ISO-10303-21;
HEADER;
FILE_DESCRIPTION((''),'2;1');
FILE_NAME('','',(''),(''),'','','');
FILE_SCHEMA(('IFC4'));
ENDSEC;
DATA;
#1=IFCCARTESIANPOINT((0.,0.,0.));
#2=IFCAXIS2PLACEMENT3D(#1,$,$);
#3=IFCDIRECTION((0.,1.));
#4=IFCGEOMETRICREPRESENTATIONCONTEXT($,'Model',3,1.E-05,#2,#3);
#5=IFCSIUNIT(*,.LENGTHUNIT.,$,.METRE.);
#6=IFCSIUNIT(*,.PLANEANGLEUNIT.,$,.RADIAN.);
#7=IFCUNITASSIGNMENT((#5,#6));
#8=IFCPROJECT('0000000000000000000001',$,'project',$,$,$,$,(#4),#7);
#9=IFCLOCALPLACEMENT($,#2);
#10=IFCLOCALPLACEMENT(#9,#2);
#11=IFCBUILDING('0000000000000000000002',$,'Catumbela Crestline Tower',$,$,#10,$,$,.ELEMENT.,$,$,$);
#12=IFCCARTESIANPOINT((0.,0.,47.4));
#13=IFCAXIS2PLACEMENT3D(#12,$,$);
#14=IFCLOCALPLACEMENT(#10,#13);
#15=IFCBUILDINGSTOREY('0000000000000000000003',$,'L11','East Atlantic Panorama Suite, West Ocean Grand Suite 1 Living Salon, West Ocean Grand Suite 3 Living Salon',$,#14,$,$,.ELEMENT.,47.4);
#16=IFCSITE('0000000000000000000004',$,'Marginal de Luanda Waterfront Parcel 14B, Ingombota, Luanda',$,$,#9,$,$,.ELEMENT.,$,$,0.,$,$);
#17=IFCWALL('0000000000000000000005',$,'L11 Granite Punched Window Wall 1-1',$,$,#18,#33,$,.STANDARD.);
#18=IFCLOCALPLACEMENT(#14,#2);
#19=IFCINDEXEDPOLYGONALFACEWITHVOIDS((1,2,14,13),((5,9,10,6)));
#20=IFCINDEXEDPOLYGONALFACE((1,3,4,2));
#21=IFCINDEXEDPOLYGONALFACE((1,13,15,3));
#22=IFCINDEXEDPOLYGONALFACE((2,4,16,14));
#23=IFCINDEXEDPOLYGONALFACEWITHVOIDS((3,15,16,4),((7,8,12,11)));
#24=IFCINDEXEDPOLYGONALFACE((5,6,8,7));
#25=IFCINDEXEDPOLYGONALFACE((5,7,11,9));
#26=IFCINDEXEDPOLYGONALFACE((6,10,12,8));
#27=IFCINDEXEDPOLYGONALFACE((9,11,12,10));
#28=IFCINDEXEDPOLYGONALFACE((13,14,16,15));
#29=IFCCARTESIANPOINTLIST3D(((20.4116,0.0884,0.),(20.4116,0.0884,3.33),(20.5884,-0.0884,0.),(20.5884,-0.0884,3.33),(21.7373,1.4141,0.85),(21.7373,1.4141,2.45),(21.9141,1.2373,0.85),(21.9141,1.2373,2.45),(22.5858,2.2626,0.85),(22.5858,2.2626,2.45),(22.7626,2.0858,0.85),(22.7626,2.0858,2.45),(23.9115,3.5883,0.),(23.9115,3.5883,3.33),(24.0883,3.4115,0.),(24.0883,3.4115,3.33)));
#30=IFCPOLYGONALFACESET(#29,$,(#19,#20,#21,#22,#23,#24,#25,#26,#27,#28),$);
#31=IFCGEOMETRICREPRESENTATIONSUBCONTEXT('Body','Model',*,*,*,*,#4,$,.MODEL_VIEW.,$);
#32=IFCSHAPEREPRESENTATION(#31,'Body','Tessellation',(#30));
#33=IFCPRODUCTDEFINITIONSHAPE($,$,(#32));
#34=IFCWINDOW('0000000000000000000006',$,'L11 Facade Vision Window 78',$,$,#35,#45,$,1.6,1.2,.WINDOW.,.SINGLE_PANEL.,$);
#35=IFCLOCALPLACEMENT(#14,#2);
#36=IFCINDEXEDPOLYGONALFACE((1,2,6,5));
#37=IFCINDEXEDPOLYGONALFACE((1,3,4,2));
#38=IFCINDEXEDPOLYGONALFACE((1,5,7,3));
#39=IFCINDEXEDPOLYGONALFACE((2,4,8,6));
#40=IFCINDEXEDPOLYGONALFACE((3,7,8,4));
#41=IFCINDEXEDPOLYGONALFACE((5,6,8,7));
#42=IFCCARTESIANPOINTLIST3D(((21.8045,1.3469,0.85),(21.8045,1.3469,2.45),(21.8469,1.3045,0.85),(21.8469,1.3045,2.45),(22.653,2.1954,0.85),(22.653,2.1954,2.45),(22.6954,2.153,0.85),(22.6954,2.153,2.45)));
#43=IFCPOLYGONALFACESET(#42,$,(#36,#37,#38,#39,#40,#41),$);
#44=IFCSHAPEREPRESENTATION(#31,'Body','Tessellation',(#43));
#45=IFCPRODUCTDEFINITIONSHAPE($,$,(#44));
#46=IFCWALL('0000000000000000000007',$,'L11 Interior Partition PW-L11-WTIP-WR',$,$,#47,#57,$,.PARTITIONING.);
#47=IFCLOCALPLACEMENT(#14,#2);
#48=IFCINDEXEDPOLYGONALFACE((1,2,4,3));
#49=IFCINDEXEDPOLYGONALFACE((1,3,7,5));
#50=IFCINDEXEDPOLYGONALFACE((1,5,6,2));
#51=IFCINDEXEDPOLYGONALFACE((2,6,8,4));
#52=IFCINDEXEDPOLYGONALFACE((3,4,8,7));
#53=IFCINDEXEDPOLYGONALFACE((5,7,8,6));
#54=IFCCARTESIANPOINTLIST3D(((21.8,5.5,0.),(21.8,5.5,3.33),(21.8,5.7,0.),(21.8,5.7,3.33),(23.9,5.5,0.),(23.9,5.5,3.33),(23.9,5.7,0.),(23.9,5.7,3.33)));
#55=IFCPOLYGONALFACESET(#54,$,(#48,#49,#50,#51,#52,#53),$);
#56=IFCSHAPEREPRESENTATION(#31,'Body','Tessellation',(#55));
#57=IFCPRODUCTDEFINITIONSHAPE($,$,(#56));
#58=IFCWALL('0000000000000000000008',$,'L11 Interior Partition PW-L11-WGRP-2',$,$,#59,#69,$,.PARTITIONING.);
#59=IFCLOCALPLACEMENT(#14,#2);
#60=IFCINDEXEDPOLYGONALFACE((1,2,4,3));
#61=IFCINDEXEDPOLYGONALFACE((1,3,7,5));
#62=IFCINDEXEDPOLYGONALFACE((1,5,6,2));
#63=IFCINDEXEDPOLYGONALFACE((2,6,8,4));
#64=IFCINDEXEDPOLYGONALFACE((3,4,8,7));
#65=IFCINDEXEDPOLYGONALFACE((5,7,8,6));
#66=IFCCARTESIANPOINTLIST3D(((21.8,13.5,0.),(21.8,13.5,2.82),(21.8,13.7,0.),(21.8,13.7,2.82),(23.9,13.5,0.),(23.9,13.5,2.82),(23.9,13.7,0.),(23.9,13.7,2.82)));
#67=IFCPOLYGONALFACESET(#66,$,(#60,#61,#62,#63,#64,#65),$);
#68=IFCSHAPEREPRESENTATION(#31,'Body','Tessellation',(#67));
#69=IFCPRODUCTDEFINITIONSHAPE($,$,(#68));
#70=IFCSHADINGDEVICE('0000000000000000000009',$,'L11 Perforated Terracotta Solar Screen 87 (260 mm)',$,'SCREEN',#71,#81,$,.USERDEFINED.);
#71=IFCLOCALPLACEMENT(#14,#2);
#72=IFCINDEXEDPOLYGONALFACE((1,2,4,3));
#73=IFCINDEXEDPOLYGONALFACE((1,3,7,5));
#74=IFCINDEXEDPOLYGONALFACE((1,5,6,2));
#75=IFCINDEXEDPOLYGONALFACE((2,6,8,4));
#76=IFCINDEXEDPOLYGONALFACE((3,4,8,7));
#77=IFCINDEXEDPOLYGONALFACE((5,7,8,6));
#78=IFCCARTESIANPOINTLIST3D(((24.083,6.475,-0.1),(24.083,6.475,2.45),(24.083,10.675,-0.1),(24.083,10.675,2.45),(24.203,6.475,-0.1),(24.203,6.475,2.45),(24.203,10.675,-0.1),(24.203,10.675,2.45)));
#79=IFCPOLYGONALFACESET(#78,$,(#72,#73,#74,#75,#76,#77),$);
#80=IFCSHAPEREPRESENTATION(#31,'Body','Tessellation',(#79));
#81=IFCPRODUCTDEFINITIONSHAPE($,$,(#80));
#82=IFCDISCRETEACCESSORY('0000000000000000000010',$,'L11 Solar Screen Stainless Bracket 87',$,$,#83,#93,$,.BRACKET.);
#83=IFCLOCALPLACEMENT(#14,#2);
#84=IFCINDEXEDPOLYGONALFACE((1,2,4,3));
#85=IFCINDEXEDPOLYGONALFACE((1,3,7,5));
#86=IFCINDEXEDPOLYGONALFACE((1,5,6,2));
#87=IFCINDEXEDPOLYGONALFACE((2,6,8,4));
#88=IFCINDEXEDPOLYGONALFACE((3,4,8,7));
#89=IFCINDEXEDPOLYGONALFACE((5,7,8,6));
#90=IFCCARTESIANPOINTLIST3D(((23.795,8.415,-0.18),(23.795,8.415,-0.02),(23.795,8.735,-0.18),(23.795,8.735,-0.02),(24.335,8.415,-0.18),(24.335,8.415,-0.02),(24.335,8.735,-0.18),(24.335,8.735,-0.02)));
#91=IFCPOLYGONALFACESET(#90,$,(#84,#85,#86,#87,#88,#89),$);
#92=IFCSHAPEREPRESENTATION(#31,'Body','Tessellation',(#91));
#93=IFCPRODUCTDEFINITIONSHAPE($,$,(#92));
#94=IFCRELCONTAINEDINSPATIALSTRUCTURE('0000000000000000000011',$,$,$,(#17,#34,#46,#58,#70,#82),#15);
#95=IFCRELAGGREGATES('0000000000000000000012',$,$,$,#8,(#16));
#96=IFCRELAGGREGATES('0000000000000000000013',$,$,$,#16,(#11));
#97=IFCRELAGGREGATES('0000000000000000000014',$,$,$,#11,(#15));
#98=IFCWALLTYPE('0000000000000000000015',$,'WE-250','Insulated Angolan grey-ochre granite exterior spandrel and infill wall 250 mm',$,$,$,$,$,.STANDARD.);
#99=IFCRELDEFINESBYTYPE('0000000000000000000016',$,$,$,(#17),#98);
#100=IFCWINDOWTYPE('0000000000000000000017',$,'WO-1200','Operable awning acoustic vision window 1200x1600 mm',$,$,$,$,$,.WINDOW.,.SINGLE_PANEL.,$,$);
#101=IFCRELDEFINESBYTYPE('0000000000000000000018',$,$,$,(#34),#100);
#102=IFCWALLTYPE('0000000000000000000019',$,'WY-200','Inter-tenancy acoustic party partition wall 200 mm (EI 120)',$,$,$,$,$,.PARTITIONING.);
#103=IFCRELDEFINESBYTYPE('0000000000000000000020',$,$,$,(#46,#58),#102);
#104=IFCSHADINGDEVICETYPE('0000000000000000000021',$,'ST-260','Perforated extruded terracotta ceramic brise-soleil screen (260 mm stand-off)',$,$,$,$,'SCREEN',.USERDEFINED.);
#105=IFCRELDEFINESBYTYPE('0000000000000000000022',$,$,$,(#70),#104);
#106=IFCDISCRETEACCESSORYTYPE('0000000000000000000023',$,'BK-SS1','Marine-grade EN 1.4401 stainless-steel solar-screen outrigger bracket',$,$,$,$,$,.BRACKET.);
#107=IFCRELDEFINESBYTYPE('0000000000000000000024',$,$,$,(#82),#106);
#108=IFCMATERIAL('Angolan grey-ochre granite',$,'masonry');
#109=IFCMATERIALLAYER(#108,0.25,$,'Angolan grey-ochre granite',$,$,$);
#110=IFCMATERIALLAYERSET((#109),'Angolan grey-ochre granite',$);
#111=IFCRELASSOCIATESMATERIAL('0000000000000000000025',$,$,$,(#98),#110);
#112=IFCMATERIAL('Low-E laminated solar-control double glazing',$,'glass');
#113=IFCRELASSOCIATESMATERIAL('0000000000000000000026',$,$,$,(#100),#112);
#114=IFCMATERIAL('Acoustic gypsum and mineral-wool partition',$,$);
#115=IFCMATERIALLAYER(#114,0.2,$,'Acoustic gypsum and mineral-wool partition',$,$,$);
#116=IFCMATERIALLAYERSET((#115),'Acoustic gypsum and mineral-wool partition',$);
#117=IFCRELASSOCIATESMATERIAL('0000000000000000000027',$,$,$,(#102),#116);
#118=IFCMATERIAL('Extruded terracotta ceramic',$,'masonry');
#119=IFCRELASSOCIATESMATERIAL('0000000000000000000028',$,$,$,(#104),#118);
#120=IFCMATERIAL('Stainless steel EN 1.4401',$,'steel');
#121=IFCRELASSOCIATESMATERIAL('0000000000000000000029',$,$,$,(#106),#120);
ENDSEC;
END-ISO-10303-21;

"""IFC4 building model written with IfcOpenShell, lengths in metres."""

from ifc_helpers import new_model, si_unit, direction, frame, frame_2d, origin, origin_2d, place, context, subcontext, project, spatial, rectangle, extrude, material, layer, layer_set, type_object, element, fill, save


model = new_model("IFC4")

# Units and contexts
model_context = context("Model", 3, precision=1e-05, world=origin(), true_north=direction((0.0, 1.0)))
body_context = subcontext(model_context, "Body", "Model", "MODEL_VIEW")
ifc_project = project(units=[si_unit("LENGTHUNIT", "METRE"), si_unit("PLANEANGLEUNIT", "RADIAN")], contexts=[model_context])

# Site, building, storey
site_placement = place(None, origin())
site = spatial("IfcSite", under=ifc_project, at=site_placement, Name="Marginal de Luanda Waterfront Parcel 14B, Ingombota, Luanda", CompositionType="ELEMENT", RefElevation=0.0)
building_placement = place(site_placement, origin())
building = spatial("IfcBuilding", under=site, at=building_placement, Name="Catumbela Crestline Tower", CompositionType="ELEMENT")
storey_placement = place(building_placement, frame((0.0, 0.0, 47.4)))
storey = spatial("IfcBuildingStorey", under=building, at=storey_placement, Name="L11", Description="East Atlantic Panorama Suite, West Ocean Grand Suite 1 Living Salon, West Ocean Grand Suite 3 Living Salon", CompositionType="ELEMENT", Elevation=47.4)

# Shared definitions
ifc_material_1 = material(Name="Low-E laminated solar-control double glazing", Category="glass")

# Wall, opening, window
ifc_material_2 = material(Name="Angolan grey-ochre granite", Category="masonry")
ifc_layer_1 = layer(ifc_material_2, 0.25, Name="Angolan grey-ochre granite")
ifc_layer_set_1 = layer_set([ifc_layer_1], Name="Angolan grey-ochre granite")
wall_type_1 = type_object("IfcWallType", Name="WE-250", Description="Insulated Angolan grey-ochre granite exterior spandrel and infill wall 250 mm", PredefinedType="STANDARD", material=ifc_layer_set_1)
wall_1_placement = place(storey_placement, frame((20.5, 0.0, 0.0), z_axis=(0.0, 0.0, 1.0), x_axis=(0.707107, 0.707107, 0.0)))
wall_1 = element("IfcWall", 1, at=wall_1_placement, inside=storey, type_object=wall_type_1, Name="L11 Granite Punched Window Wall 1-1", PredefinedType="STANDARD", context=body_context, shape_type="SweptSolid", body=[
    extrude(rectangle(XDim=4.9497, YDim=0.25, at=frame_2d((2.4748, 0.0))), origin(), (0.0, 0.0, 1.0), 3.33),
])
opening_placement = place(wall_1_placement, frame((1.8748, 0.0, 0.85)))
opening = element("IfcOpeningElement", 2, at=opening_placement, cuts=wall_1, PredefinedType="OPENING", context=body_context, shape_type="SweptSolid", body=[
    extrude(rectangle(XDim=1.2, YDim=1.6, at=frame_2d((0.6, 0.8))), frame((0.0, 0.135, 0.0), z_axis=(0.0, -1.0, 0.0), x_axis=(1.0, 0.0, 0.0)), (0.0, 0.0, 1.0), 0.27),
])
window_type = type_object("IfcWindowType", Name="WO-1200", Description="Operable awning acoustic vision window 1200x1600 mm", PartitioningType="SINGLE_PANEL", PredefinedType="WINDOW", material=ifc_material_1)
window_placement = place(opening_placement, origin())
window = element("IfcWindow", 3, at=window_placement, inside=storey, type_object=window_type, Name="L11 Facade Vision Window 78", OverallHeight=1.6, OverallWidth=1.2, PartitioningType="SINGLE_PANEL", PredefinedType="WINDOW", context=body_context, shape_type="SweptSolid", body=[
    extrude(rectangle(XDim=1.2, YDim=1.6, at=frame_2d((0.6, 0.8))), frame((0.0, 0.03, 0.0), z_axis=(0.0, -1.0, 0.0), x_axis=(1.0, 0.0, 0.0)), (0.0, 0.0, 1.0), 0.06),
])
fill(opening, window)

# Walls
ifc_material_3 = material(Name="Acoustic gypsum and mineral-wool partition")
ifc_layer_2 = layer(ifc_material_3, 0.2, Name="Acoustic gypsum and mineral-wool partition")
ifc_layer_set_2 = layer_set([ifc_layer_2], Name="Acoustic gypsum and mineral-wool partition")
wall_type_2 = type_object("IfcWallType", Name="WY-200", Description="Inter-tenancy acoustic party partition wall 200 mm (EI 120)", PredefinedType="PARTITIONING", material=ifc_layer_set_2)
wall_2_placement = place(storey_placement, frame((21.8, 5.6, 0.0), z_axis=(0.0, 0.0, 1.0), x_axis=(1.0, 0.0, 0.0)))
element("IfcWall", 4, at=wall_2_placement, inside=storey, type_object=wall_type_2, Name="L11 Interior Partition PW-L11-WTIP-WR", PredefinedType="PARTITIONING", context=body_context, shape_type="SweptSolid", body=[
    extrude(rectangle(XDim=2.1, YDim=0.2, at=frame_2d((1.05, 0.0))), origin(), (0.0, 0.0, 1.0), 3.33),
])
wall_3_placement = place(storey_placement, frame((21.8, 13.6, 0.0), z_axis=(0.0, 0.0, 1.0), x_axis=(1.0, 0.0, 0.0)))
element("IfcWall", 5, at=wall_3_placement, inside=storey, type_object=wall_type_2, Name="L11 Interior Partition PW-L11-WGRP-2", PredefinedType="PARTITIONING", context=body_context, shape_type="SweptSolid", body=[
    extrude(rectangle(XDim=2.1, YDim=0.2, at=frame_2d((1.05, 0.0))), origin(), (0.0, 0.0, 1.0), 2.82),
])

# Shading device
ifc_material_4 = material(Name="Extruded terracotta ceramic", Category="masonry")
shading_device_type = type_object("IfcShadingDeviceType", Name="ST-260", Description="Perforated extruded terracotta ceramic brise-soleil screen (260 mm stand-off)", ElementType="SCREEN", PredefinedType="USERDEFINED", material=ifc_material_4)
shading_device_placement = place(storey_placement, frame((24.143, 8.575, -0.1), z_axis=(0.0, 0.0, 1.0), x_axis=(0.0, 1.0, 0.0)))
element("IfcShadingDevice", 6, at=shading_device_placement, inside=storey, type_object=shading_device_type, Name="L11 Perforated Terracotta Solar Screen 87 (260 mm)", ObjectType="SCREEN", PredefinedType="USERDEFINED", context=body_context, shape_type="SweptSolid", body=[
    extrude(rectangle(XDim=4.2, YDim=0.12, at=origin_2d()), origin(), (0.0, 0.0, 1.0), 2.55),
])

# Discrete accessory
ifc_material_5 = material(Name="Stainless steel EN 1.4401", Category="steel")
discrete_accessory_type = type_object("IfcDiscreteAccessoryType", Name="BK-SS1", Description="Marine-grade EN 1.4401 stainless-steel solar-screen outrigger bracket", PredefinedType="BRACKET", material=ifc_material_5)
discrete_accessory_placement = place(storey_placement, frame((24.065, 8.575, -0.18), z_axis=(0.0, 0.0, 1.0), x_axis=(0.0, 1.0, 0.0)))
element("IfcDiscreteAccessory", 7, at=discrete_accessory_placement, inside=storey, type_object=discrete_accessory_type, Name="L11 Solar Screen Stainless Bracket 87", PredefinedType="BRACKET", context=body_context, shape_type="SweptSolid", body=[
    extrude(rectangle(XDim=0.32, YDim=0.54, at=origin_2d()), origin(), (0.0, 0.0, 1.0), 0.16),
])

save(model, "model.ifc")
